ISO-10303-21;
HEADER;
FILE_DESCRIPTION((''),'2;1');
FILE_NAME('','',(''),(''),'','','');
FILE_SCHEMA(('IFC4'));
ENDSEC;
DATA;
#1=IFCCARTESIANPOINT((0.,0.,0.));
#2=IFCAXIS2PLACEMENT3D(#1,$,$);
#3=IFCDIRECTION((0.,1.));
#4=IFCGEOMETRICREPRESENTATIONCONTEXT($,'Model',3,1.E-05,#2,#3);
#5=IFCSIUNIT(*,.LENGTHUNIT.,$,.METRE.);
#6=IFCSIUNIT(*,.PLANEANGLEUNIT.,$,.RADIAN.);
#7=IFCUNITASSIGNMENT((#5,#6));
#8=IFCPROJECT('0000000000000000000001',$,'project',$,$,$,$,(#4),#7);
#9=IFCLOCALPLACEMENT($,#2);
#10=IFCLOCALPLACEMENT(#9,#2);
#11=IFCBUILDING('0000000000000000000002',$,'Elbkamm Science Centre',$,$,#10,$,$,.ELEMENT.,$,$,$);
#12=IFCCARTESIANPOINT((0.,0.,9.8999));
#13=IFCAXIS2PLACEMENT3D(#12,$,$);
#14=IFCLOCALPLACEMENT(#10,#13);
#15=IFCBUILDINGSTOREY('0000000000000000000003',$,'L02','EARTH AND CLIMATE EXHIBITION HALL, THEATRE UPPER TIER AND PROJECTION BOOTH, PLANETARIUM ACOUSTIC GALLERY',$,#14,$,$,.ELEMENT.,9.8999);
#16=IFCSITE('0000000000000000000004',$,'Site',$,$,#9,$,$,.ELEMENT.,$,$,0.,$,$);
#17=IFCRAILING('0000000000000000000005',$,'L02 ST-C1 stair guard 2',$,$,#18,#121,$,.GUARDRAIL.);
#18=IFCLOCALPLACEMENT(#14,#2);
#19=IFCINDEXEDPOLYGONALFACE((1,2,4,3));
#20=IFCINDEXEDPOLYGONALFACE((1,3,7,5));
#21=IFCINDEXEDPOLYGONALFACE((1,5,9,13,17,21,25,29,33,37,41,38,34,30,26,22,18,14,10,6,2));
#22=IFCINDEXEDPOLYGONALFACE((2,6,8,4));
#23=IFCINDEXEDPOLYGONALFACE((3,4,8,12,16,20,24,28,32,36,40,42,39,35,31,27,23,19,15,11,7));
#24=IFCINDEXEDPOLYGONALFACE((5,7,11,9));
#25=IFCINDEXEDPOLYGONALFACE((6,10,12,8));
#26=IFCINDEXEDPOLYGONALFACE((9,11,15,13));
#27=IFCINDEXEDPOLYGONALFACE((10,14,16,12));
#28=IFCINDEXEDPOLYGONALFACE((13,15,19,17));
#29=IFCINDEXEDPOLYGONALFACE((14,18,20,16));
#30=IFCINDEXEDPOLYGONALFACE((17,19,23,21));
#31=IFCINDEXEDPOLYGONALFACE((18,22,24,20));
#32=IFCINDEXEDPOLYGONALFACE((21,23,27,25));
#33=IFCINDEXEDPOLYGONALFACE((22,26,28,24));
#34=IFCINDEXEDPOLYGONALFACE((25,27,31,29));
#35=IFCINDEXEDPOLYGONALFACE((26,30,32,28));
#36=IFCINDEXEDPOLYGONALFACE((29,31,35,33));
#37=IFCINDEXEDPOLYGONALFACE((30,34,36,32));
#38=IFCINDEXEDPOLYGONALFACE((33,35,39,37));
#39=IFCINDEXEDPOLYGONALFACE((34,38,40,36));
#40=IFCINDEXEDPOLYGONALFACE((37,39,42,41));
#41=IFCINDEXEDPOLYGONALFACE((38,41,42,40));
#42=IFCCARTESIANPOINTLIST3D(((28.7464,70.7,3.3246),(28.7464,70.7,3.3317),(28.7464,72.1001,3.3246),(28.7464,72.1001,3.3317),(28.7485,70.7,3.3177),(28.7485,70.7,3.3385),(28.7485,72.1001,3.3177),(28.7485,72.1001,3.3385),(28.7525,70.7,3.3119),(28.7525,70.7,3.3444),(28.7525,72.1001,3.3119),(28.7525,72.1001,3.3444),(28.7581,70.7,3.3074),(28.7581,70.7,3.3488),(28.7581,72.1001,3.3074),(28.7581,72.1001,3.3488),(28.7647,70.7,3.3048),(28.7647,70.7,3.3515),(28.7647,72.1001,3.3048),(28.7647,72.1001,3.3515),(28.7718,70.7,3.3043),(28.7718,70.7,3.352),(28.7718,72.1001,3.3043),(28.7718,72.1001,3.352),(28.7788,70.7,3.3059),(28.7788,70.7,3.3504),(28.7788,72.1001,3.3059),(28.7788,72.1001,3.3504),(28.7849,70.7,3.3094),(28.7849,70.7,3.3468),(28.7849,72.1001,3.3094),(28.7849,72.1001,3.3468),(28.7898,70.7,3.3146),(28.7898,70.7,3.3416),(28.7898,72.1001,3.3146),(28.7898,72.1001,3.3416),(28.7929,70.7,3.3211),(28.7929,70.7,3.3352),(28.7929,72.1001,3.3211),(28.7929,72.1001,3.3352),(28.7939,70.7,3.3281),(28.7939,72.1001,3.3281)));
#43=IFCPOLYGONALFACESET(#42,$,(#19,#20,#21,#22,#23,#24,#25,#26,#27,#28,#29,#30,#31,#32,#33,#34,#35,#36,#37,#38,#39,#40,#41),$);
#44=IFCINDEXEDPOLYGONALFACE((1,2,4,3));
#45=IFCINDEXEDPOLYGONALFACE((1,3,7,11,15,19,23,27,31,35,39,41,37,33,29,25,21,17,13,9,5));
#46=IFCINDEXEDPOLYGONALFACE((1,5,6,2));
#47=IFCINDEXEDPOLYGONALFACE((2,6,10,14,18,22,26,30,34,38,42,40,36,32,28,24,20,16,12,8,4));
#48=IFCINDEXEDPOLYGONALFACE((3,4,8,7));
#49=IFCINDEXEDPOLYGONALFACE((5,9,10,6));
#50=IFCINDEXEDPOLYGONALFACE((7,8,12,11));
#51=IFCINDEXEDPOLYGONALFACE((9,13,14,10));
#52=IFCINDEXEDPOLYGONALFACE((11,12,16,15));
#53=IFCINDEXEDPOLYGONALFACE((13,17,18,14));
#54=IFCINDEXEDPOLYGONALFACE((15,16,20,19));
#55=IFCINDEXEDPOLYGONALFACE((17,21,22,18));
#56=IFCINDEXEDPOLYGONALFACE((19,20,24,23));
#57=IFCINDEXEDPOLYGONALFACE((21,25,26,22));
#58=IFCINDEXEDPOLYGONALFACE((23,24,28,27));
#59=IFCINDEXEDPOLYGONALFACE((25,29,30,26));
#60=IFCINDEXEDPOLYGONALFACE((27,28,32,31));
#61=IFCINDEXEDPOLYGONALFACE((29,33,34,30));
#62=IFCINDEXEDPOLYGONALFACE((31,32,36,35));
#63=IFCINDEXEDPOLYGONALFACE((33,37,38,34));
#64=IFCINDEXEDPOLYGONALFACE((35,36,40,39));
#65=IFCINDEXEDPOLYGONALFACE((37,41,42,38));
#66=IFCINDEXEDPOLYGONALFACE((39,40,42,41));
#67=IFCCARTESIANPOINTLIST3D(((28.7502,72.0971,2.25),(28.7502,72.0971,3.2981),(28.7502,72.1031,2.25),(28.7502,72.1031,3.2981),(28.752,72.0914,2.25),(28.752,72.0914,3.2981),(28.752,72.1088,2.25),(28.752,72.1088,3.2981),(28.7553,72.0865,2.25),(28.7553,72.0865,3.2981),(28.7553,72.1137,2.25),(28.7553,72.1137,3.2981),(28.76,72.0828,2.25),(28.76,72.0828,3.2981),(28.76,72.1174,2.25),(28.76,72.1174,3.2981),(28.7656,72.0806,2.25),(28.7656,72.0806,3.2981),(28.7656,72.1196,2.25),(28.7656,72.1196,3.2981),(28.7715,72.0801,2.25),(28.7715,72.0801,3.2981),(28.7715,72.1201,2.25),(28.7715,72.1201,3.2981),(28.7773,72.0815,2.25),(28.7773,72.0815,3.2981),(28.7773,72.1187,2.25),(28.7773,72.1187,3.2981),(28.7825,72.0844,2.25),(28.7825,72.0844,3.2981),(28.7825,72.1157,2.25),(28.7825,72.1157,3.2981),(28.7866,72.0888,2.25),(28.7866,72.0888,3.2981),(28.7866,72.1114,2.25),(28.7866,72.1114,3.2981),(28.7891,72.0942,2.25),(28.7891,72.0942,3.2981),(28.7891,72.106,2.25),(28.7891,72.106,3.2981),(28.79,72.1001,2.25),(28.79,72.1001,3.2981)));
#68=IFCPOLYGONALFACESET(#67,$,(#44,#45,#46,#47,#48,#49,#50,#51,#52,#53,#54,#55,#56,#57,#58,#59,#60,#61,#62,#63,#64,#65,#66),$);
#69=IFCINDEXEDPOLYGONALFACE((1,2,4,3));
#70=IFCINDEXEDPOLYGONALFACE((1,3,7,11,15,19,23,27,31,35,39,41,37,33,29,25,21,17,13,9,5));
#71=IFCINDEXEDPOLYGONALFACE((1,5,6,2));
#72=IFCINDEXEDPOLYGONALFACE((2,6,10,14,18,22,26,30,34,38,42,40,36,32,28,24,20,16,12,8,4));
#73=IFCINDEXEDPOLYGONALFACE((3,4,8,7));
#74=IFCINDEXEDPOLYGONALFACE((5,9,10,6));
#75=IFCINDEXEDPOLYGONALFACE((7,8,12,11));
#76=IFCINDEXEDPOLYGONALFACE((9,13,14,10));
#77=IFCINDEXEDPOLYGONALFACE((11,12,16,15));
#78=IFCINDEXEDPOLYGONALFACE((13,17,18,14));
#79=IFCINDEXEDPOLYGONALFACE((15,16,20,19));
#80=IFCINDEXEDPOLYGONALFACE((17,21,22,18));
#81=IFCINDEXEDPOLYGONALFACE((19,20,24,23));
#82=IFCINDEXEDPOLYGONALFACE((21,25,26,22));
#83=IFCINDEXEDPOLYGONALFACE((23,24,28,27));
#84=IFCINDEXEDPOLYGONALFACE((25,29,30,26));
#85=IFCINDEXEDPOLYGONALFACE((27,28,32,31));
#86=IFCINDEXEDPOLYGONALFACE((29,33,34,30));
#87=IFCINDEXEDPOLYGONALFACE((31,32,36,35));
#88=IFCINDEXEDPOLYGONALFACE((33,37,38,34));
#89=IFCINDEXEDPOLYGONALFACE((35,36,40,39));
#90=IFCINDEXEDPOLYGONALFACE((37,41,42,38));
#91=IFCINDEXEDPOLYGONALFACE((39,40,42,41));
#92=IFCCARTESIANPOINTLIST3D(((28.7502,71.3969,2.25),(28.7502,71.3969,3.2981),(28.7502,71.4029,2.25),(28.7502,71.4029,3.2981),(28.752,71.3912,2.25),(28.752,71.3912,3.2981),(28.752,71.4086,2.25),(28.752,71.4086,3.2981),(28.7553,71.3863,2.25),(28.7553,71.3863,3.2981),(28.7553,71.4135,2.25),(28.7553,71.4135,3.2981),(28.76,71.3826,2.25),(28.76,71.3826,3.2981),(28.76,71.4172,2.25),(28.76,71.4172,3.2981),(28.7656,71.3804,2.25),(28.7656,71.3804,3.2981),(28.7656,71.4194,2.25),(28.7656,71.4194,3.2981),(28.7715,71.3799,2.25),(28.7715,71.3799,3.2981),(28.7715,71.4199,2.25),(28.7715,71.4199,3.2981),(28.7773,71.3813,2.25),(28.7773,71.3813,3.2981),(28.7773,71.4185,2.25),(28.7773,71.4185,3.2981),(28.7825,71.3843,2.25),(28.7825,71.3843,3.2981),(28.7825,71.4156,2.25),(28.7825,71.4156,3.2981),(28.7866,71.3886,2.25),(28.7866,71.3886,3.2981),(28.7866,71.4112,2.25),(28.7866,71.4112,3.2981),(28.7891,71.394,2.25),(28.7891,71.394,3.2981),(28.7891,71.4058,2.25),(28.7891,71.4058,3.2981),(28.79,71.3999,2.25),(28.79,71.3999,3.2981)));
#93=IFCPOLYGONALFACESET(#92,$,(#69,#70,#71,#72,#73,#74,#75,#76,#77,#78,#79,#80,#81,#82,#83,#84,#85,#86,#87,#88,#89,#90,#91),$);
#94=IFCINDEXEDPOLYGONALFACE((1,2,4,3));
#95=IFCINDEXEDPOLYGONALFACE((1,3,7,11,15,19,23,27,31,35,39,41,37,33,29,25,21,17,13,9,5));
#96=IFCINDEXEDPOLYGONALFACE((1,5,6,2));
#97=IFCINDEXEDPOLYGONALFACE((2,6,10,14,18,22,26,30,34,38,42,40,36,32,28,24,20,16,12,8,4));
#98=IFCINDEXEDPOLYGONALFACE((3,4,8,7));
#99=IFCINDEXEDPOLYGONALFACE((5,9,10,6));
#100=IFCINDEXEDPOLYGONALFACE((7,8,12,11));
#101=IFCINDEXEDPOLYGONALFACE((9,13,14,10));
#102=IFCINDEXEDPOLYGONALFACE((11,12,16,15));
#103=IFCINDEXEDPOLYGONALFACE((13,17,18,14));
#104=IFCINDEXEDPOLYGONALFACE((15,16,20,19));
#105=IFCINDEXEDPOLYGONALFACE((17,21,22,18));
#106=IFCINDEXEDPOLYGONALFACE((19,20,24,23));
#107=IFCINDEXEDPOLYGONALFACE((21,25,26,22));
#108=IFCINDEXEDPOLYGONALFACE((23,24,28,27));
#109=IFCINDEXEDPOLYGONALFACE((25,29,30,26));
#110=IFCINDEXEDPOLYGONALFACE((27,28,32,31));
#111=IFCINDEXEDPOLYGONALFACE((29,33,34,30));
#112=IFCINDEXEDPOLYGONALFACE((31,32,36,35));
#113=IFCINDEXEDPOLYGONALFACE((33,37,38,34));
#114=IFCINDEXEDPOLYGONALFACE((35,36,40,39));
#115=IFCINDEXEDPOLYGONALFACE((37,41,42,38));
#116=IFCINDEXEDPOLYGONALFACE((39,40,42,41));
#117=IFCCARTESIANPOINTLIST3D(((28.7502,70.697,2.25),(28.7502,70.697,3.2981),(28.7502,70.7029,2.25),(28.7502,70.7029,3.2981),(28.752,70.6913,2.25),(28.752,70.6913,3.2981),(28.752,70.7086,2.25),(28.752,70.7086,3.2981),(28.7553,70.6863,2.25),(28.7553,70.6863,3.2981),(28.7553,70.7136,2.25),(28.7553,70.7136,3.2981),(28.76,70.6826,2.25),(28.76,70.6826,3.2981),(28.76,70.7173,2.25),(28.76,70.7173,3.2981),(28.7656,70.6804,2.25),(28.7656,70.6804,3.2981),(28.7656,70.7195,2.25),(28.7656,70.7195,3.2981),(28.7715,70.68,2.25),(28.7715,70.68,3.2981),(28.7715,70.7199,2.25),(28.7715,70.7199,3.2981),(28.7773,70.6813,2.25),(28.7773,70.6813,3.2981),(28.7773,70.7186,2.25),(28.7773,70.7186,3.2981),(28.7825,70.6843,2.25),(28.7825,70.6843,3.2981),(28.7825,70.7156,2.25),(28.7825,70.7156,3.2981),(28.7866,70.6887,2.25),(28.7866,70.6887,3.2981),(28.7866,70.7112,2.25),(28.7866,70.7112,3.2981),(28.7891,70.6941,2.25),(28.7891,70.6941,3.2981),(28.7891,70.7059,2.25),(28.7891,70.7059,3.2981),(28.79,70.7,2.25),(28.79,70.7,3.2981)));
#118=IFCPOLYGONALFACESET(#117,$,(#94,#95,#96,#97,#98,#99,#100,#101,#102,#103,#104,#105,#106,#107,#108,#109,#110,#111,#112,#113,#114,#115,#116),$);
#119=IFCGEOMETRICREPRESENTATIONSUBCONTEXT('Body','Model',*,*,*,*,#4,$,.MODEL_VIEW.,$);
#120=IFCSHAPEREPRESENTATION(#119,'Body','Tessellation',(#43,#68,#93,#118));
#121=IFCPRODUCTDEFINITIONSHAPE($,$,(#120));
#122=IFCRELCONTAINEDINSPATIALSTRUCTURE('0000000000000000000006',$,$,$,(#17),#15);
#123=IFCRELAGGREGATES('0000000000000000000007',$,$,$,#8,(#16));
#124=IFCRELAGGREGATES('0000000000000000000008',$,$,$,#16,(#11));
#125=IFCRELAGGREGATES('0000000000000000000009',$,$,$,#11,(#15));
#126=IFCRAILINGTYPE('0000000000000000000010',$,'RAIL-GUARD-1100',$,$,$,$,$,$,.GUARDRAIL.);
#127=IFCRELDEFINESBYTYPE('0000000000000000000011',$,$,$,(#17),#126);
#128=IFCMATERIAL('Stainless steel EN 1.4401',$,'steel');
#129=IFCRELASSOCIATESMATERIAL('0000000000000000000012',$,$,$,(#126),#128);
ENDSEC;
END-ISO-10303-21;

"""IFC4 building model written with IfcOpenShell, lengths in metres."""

from ifc_helpers import new_model, si_unit, direction, frame, origin, origin_2d, place, context, subcontext, project, spatial, circle, extrude, material, type_object, element, save


model = new_model("IFC4")

# Units and contexts
model_context = context("Model", 3, precision=1e-05, world=origin(), true_north=direction((0.0, 1.0)))
body_context = subcontext(model_context, "Body", "Model", "MODEL_VIEW")
ifc_project = project(units=[si_unit("LENGTHUNIT", "METRE"), si_unit("PLANEANGLEUNIT", "RADIAN")], contexts=[model_context])

# Site, building, storey
site_placement = place(None, origin())
site = spatial("IfcSite", under=ifc_project, at=site_placement, Name="Site", CompositionType="ELEMENT", RefElevation=0.0)
building_placement = place(site_placement, origin())
building = spatial("IfcBuilding", under=site, at=building_placement, Name="Elbkamm Science Centre", CompositionType="ELEMENT")
storey_placement = place(building_placement, frame((0.0, 0.0, 9.8999)))
storey = spatial("IfcBuildingStorey", under=building, at=storey_placement, Name="L02", Description="EARTH AND CLIMATE EXHIBITION HALL, THEATRE UPPER TIER AND PROJECTION BOOTH, PLANETARIUM ACOUSTIC GALLERY", CompositionType="ELEMENT", Elevation=9.8999)

# Railing
ifc_material_1 = material(Name="Stainless steel EN 1.4401", Category="steel")
railing_type_1 = type_object("IfcRailingType", Name="RAIL-GUARD-1100", PredefinedType="GUARDRAIL", material=ifc_material_1)
railing_1_placement = place(storey_placement, frame((28.77, 72.1001, 2.25)))
element("IfcRailing", 1, at=railing_1_placement, inside=storey, type_object=railing_type_1, Name="L02 ST-C1 stair guard 2", PredefinedType="GUARDRAIL", context=body_context, shape_type="SweptSolid", body=[
    extrude(circle(Radius=0.0239, at=origin_2d()), frame((0.0, 0.0, 1.0781), z_axis=(0.0, -1.0, 0.0), x_axis=(1.0, 0.0, 0.0)), (0.0, 0.0, 1.0), 1.4001),
    extrude(circle(Radius=0.02, at=origin_2d()), origin(), (0.0, 0.0, 1.0), 1.0481),
    extrude(circle(Radius=0.02, at=origin_2d()), frame((0.0, -0.7002, 0.0)), (0.0, 0.0, 1.0), 1.0481),
    extrude(circle(Radius=0.02, at=origin_2d()), frame((0.0, -1.4001, 0.0)), (0.0, 0.0, 1.0), 1.0481),
])

save(model, "model.ifc")
